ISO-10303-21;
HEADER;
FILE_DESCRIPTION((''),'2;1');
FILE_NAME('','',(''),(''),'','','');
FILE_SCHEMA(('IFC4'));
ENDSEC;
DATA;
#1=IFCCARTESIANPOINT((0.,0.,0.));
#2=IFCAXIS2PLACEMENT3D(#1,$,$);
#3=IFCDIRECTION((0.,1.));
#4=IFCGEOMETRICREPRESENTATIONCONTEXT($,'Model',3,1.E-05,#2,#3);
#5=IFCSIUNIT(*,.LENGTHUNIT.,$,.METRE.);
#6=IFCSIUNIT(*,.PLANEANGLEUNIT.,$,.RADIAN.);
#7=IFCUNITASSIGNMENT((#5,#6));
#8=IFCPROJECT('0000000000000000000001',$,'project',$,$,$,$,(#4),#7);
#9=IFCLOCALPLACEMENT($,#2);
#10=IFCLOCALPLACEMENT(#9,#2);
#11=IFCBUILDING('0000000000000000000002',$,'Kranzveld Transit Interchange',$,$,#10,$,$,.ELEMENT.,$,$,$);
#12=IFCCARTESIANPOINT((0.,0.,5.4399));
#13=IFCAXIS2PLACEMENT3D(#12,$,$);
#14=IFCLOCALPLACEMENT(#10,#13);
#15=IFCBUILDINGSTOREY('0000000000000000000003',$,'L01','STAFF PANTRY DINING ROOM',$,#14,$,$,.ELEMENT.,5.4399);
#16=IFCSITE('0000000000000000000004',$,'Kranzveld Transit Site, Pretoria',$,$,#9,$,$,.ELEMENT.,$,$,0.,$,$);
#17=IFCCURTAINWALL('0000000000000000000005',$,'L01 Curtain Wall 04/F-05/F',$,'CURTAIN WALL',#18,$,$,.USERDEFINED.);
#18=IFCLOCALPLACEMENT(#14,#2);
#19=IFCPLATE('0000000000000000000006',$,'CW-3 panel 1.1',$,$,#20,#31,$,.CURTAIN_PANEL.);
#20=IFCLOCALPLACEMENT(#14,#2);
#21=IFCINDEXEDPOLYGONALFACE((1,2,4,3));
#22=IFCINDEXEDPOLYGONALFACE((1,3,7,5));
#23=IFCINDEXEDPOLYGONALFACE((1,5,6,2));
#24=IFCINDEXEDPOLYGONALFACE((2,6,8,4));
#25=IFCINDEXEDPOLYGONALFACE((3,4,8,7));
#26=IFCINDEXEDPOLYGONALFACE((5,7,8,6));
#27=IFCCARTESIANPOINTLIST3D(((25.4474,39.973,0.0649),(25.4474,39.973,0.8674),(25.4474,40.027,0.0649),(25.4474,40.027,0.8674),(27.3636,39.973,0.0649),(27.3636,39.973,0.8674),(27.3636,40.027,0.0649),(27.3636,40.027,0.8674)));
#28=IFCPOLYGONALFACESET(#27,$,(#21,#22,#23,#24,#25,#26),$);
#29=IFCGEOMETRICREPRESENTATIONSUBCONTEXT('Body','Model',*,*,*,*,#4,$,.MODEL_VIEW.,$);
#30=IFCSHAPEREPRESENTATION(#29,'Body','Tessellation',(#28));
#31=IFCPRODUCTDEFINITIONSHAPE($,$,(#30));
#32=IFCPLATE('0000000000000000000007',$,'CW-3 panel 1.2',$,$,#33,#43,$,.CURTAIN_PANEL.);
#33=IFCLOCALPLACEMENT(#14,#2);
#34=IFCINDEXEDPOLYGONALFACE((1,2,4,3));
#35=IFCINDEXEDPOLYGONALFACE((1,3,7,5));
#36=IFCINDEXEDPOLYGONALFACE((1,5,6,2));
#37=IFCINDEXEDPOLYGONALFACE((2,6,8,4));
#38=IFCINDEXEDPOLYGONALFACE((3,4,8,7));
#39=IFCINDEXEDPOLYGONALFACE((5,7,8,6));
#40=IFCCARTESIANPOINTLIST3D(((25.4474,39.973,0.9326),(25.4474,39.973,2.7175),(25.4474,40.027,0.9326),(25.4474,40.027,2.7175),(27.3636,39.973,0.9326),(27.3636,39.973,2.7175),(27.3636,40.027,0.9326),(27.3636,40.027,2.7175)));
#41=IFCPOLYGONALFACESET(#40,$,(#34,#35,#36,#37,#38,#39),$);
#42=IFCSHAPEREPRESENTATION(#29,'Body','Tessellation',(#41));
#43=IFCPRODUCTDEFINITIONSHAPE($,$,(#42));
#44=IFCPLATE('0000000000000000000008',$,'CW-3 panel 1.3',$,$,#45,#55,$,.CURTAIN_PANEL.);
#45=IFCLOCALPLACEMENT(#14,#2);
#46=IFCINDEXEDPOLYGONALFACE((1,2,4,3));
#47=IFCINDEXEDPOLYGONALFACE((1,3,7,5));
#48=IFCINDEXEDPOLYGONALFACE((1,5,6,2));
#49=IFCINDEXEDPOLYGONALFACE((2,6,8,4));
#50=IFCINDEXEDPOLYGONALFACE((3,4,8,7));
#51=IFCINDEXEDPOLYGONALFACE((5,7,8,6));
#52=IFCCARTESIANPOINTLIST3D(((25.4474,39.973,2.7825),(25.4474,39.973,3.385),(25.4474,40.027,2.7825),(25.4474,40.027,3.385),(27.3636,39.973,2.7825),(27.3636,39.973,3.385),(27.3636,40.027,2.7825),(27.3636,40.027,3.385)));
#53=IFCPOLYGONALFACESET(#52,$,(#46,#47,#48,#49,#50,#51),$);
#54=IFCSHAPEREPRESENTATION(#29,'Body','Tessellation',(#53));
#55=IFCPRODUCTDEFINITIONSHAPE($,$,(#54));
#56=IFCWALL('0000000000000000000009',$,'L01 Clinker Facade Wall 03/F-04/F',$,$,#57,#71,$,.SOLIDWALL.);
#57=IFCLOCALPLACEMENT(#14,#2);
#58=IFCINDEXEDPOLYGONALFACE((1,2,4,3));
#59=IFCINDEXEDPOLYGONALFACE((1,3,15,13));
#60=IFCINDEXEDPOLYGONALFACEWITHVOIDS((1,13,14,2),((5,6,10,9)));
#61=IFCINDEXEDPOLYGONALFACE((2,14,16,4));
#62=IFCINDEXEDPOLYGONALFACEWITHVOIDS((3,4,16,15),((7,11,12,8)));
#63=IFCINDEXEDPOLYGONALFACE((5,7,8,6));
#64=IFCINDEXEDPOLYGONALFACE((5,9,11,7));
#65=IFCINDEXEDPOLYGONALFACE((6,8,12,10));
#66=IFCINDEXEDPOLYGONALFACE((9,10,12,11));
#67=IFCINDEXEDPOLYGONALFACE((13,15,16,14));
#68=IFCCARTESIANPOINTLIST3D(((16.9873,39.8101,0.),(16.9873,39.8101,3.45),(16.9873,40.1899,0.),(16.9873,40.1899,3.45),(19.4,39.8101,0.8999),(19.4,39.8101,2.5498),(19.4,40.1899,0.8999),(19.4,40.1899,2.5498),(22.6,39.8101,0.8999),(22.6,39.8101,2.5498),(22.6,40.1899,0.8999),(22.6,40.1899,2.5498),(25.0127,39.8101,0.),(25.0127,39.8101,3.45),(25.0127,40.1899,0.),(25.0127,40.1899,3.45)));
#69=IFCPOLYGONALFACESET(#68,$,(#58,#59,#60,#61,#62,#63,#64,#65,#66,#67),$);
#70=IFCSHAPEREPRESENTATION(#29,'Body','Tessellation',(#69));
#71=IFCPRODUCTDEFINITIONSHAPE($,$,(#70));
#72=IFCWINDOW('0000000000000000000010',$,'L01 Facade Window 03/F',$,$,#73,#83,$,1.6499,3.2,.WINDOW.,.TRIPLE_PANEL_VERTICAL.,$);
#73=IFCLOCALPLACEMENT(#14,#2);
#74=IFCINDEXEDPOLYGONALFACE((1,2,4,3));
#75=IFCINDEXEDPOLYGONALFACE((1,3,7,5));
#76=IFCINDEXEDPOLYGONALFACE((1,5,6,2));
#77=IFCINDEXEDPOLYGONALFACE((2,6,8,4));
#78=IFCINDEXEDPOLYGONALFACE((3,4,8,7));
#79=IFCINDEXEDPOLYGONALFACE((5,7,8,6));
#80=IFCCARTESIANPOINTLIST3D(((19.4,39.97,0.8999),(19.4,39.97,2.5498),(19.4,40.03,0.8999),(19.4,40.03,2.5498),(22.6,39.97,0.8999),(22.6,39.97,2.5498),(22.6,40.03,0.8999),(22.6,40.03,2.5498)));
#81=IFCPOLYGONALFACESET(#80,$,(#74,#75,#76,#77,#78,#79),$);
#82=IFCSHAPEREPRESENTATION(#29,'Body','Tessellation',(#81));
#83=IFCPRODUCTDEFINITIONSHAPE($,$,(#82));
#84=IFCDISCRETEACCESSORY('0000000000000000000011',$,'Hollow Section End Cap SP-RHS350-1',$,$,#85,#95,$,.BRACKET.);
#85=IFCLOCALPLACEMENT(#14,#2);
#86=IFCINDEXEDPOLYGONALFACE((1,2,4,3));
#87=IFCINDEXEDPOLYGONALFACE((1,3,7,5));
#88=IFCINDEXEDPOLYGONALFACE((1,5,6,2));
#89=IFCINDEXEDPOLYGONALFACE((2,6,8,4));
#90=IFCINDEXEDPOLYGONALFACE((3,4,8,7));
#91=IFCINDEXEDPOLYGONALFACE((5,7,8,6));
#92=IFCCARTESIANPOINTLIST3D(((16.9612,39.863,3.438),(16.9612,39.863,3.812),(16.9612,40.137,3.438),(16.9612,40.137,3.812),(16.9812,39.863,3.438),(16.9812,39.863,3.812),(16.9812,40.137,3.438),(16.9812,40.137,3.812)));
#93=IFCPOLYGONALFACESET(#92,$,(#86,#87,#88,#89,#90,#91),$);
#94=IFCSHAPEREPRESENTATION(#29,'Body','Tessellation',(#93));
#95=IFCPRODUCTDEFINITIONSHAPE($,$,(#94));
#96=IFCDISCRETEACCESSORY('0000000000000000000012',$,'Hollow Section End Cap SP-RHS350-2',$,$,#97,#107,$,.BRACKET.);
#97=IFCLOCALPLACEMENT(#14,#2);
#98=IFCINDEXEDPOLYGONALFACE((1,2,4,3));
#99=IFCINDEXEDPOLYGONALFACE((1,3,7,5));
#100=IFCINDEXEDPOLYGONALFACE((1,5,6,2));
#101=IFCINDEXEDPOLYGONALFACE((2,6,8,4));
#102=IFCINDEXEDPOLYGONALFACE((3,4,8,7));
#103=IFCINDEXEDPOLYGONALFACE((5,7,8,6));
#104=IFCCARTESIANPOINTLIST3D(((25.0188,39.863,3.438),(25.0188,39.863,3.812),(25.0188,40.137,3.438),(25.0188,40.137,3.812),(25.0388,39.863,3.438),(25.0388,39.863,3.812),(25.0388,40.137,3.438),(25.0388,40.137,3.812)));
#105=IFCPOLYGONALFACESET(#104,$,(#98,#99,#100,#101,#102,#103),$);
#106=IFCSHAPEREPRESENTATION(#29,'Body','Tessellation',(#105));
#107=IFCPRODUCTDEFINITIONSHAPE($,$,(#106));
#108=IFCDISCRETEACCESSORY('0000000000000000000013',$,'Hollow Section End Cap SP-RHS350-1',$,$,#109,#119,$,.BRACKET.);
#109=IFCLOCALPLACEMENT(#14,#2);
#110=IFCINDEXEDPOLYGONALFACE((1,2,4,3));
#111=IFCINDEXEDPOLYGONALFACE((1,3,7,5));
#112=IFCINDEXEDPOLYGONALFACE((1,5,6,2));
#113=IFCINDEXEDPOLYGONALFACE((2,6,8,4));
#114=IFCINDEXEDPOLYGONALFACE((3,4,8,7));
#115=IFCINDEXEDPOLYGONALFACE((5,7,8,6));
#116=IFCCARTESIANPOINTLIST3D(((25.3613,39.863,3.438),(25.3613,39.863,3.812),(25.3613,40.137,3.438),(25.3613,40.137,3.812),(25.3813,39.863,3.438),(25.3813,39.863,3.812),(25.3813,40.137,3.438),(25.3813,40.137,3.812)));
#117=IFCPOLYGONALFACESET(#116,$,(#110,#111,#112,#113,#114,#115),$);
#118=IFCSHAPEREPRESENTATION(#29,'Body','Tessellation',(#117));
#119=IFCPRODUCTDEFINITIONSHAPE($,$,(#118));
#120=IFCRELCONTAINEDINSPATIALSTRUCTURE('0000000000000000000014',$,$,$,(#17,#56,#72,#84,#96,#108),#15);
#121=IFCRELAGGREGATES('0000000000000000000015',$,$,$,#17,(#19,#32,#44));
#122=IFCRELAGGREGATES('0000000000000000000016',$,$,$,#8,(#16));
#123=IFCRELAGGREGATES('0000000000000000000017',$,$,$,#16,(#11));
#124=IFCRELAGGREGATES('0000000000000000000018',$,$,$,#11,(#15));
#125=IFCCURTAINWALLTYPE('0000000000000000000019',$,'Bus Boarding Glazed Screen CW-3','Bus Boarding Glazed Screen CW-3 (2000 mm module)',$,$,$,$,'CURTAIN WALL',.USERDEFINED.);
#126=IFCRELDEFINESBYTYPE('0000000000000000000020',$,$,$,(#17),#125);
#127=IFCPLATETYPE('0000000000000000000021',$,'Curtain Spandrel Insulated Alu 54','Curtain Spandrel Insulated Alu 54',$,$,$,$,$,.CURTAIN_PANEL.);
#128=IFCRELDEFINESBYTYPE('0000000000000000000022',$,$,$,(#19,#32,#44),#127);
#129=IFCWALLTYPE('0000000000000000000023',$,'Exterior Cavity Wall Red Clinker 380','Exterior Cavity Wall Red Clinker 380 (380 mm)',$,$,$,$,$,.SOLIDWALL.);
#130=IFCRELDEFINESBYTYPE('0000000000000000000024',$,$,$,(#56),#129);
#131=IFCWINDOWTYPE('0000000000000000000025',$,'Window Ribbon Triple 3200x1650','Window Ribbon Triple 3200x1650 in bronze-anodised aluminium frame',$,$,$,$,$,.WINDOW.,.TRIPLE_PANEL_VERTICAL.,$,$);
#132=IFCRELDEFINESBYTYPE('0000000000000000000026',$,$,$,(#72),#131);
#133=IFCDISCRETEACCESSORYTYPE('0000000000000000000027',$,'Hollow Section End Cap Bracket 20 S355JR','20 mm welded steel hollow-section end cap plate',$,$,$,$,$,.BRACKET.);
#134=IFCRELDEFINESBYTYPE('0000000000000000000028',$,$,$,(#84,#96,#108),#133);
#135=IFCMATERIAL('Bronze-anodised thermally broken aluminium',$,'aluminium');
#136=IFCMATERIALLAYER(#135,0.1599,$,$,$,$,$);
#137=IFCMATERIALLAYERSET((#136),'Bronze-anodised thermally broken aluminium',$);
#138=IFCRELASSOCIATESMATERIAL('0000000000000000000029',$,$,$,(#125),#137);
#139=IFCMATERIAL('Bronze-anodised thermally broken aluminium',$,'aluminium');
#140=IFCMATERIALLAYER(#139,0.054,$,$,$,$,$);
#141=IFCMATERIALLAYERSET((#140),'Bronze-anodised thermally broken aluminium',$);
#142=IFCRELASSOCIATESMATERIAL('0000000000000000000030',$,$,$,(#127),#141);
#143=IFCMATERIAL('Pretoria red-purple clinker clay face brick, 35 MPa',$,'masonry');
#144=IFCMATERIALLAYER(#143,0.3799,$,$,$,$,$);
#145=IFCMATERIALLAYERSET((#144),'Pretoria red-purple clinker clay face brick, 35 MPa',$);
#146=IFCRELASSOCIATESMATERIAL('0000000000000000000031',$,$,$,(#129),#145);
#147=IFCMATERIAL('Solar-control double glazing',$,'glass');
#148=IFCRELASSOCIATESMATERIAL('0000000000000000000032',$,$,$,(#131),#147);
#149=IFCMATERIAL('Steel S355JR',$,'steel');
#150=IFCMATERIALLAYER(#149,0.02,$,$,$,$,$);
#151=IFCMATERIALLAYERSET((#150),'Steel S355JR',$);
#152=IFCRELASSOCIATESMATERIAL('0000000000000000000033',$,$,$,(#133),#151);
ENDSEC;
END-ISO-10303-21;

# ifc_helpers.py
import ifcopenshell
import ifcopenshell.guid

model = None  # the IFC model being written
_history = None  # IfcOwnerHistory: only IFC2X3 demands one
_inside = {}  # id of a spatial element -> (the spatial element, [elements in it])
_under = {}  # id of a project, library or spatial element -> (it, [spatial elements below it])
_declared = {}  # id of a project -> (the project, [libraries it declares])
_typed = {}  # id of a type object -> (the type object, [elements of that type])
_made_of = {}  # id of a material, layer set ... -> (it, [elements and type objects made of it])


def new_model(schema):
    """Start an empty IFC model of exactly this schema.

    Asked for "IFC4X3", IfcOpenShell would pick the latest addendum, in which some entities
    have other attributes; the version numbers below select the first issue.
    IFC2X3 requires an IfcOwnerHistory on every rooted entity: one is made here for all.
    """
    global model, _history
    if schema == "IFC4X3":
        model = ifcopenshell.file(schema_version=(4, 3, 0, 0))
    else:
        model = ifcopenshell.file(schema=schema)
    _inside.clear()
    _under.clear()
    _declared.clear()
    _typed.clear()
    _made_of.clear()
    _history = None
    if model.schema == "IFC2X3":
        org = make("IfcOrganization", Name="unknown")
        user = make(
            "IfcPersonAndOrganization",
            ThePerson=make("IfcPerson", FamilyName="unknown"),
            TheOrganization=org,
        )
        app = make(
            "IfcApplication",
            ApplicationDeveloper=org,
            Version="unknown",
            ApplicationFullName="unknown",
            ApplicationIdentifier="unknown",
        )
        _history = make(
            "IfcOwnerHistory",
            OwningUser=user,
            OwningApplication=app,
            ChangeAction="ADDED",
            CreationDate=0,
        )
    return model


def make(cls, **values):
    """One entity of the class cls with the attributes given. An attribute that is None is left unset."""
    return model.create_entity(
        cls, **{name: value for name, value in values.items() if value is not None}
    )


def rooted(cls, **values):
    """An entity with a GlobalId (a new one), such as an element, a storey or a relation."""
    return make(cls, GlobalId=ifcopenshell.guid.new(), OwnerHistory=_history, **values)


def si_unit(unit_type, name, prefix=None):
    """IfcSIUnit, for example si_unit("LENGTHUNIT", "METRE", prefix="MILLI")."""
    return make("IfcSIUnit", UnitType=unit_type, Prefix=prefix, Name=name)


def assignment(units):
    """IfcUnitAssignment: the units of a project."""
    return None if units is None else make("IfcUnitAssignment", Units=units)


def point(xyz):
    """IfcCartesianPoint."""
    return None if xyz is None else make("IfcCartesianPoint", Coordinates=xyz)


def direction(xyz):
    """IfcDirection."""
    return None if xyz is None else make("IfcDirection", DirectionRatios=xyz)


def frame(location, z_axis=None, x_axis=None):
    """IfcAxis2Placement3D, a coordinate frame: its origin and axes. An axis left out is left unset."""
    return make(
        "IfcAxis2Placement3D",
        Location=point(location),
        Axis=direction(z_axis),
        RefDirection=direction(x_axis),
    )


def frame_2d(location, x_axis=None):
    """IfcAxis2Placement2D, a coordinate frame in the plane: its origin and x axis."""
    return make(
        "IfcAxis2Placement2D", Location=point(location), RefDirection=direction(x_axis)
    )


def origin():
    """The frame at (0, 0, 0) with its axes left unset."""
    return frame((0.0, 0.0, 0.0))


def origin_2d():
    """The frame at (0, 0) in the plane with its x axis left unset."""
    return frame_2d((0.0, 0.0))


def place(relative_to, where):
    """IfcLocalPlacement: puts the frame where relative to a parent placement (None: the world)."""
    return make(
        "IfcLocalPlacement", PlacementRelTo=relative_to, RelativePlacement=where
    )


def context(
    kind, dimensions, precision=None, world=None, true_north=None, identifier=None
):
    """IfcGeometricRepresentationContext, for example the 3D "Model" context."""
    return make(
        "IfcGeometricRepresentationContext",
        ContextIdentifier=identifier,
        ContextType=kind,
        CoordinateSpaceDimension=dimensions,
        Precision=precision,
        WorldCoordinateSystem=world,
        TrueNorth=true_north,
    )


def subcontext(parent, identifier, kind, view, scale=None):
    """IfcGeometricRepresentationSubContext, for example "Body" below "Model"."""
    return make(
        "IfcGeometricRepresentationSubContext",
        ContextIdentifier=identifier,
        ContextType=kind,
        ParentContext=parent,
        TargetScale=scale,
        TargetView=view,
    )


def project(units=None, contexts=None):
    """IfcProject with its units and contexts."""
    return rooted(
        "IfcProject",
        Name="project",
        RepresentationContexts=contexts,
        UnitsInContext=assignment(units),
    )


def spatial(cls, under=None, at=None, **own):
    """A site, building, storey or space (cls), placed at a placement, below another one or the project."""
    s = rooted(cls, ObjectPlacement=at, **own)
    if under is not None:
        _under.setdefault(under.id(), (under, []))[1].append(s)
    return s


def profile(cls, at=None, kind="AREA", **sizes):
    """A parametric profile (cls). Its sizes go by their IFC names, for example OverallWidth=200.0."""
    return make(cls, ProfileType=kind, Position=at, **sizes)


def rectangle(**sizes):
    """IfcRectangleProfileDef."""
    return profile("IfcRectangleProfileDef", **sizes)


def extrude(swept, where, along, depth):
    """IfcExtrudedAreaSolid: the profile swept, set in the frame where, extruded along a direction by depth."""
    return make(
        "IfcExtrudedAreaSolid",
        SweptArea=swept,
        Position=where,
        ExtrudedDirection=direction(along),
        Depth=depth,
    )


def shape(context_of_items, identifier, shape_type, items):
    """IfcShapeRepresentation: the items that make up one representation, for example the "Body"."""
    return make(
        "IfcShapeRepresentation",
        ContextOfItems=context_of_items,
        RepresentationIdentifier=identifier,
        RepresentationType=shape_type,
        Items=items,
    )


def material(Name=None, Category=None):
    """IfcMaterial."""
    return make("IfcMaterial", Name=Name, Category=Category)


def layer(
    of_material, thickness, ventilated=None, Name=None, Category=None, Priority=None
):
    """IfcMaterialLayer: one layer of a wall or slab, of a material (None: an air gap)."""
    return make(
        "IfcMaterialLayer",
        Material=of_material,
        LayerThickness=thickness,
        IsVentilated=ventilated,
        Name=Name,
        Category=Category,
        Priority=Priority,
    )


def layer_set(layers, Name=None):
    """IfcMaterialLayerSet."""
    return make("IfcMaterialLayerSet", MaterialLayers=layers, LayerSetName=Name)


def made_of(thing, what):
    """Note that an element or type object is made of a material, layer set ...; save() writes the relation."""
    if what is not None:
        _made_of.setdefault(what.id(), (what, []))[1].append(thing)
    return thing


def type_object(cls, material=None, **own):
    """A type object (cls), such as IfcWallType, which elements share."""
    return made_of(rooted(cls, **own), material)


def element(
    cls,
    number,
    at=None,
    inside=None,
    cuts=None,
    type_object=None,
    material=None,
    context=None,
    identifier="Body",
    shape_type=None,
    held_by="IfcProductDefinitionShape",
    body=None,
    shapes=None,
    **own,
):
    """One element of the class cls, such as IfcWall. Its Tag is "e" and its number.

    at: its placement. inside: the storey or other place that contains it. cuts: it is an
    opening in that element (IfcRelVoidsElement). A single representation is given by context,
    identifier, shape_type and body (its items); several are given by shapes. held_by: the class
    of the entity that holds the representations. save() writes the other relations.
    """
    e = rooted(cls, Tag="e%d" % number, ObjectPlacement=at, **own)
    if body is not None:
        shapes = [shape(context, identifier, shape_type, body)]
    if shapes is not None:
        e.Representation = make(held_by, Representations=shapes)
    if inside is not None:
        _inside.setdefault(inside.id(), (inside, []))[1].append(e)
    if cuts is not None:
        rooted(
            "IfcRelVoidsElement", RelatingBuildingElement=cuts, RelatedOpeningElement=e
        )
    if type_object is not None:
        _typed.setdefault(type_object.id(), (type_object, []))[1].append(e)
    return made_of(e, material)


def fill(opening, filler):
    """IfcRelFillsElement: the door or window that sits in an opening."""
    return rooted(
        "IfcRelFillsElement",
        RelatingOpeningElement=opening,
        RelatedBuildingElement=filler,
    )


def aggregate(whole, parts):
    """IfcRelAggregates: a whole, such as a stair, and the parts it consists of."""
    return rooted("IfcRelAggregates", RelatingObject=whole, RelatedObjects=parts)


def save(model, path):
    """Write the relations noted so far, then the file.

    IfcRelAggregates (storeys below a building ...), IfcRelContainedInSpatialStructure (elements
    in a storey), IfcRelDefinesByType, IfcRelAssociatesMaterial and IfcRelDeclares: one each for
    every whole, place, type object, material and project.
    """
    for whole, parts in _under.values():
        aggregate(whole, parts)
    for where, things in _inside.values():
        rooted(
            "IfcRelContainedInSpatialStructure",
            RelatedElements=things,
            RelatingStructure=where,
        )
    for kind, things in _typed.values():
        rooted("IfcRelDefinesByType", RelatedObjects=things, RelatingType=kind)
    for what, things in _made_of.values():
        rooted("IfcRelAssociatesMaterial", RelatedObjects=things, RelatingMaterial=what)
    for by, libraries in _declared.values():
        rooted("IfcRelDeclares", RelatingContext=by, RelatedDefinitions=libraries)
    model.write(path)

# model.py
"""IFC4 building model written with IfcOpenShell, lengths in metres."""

from ifc_helpers import new_model, si_unit, direction, frame, frame_2d, origin, origin_2d, place, context, subcontext, project, spatial, rectangle, extrude, material, layer, layer_set, type_object, element, fill, aggregate, save


model = new_model("IFC4")

# Units and contexts
model_context = context("Model", 3, precision=1e-05, world=origin(), true_north=direction((0.0, 1.0)))
body_context = subcontext(model_context, "Body", "Model", "MODEL_VIEW")
ifc_project = project(units=[si_unit("LENGTHUNIT", "METRE"), si_unit("PLANEANGLEUNIT", "RADIAN")], contexts=[model_context])

# Site, building, storey
site_placement = place(None, origin())
site = spatial("IfcSite", under=ifc_project, at=site_placement, Name="Kranzveld Transit Site, Pretoria", CompositionType="ELEMENT", RefElevation=0.0)
building_placement = place(site_placement, origin())
building = spatial("IfcBuilding", under=site, at=building_placement, Name="Kranzveld Transit Interchange", CompositionType="ELEMENT")
storey_placement = place(building_placement, frame((0.0, 0.0, 5.4399)))
storey = spatial("IfcBuildingStorey", under=building, at=storey_placement, Name="L01", Description="STAFF PANTRY DINING ROOM", CompositionType="ELEMENT", Elevation=5.4399)

# Curtain wall
ifc_material_1 = material(Name="Bronze-anodised thermally broken aluminium", Category="aluminium")
ifc_layer_1 = layer(ifc_material_1, 0.1599)
ifc_layer_set_1 = layer_set([ifc_layer_1], Name="Bronze-anodised thermally broken aluminium")
curtain_wall_type = type_object("IfcCurtainWallType", Name="Bus Boarding Glazed Screen CW-3", Description="Bus Boarding Glazed Screen CW-3 (2000 mm module)", ElementType="CURTAIN WALL", PredefinedType="USERDEFINED", material=ifc_layer_set_1)
curtain_wall_placement = place(storey_placement, origin())
curtain_wall = element("IfcCurtainWall", 1, at=curtain_wall_placement, inside=storey, type_object=curtain_wall_type, Name="L01 Curtain Wall 04/F-05/F", ObjectType="CURTAIN WALL", PredefinedType="USERDEFINED")

# Plates
ifc_material_2 = material(Name="Bronze-anodised thermally broken aluminium", Category="aluminium")
ifc_layer_2 = layer(ifc_material_2, 0.054)
ifc_layer_set_2 = layer_set([ifc_layer_2], Name="Bronze-anodised thermally broken aluminium")
plate_type = type_object("IfcPlateType", Name="Curtain Spandrel Insulated Alu 54", Description="Curtain Spandrel Insulated Alu 54", PredefinedType="CURTAIN_PANEL", material=ifc_layer_set_2)
plate_1_placement = place(storey_placement, frame((26.4055, 40.0, 0.0649), z_axis=(0.0, 0.0, 1.0), x_axis=(1.0, 0.0, 0.0)))
plate_1 = element("IfcPlate", 2, at=plate_1_placement, type_object=plate_type, Name="CW-3 panel 1.1", PredefinedType="CURTAIN_PANEL", context=body_context, shape_type="SweptSolid", body=[
    extrude(rectangle(XDim=1.9163, YDim=0.054, at=origin_2d()), origin(), (0.0, 0.0, 1.0), 0.8025),
])
plate_2_placement = place(storey_placement, frame((26.4055, 40.0, 0.9326), z_axis=(0.0, 0.0, 1.0), x_axis=(1.0, 0.0, 0.0)))
plate_2 = element("IfcPlate", 3, at=plate_2_placement, type_object=plate_type, Name="CW-3 panel 1.2", PredefinedType="CURTAIN_PANEL", context=body_context, shape_type="SweptSolid", body=[
    extrude(rectangle(XDim=1.9163, YDim=0.054, at=origin_2d()), origin(), (0.0, 0.0, 1.0), 1.7849),
])
plate_3_placement = place(storey_placement, frame((26.4055, 40.0, 2.7825), z_axis=(0.0, 0.0, 1.0), x_axis=(1.0, 0.0, 0.0)))
plate_3 = element("IfcPlate", 4, at=plate_3_placement, type_object=plate_type, Name="CW-3 panel 1.3", PredefinedType="CURTAIN_PANEL", context=body_context, shape_type="SweptSolid", body=[
    extrude(rectangle(XDim=1.9163, YDim=0.054, at=origin_2d()), origin(), (0.0, 0.0, 1.0), 0.6025),
])
aggregate(curtain_wall, [plate_1, plate_2, plate_3])

# Wall, opening, window
ifc_material_3 = material(Name="Pretoria red-purple clinker clay face brick, 35 MPa", Category="masonry")
ifc_layer_3 = layer(ifc_material_3, 0.3799)
ifc_layer_set_3 = layer_set([ifc_layer_3], Name="Pretoria red-purple clinker clay face brick, 35 MPa")
wall_type = type_object("IfcWallType", Name="Exterior Cavity Wall Red Clinker 380", Description="Exterior Cavity Wall Red Clinker 380 (380 mm)", PredefinedType="SOLIDWALL", material=ifc_layer_set_3)
wall_placement = place(storey_placement, frame((16.9873, 40.0, 0.0), z_axis=(0.0, 0.0, 1.0), x_axis=(1.0, 0.0, 0.0)))
wall = element("IfcWall", 5, at=wall_placement, inside=storey, type_object=wall_type, Name="L01 Clinker Facade Wall 03/F-04/F", PredefinedType="SOLIDWALL", context=body_context, shape_type="SweptSolid", body=[
    extrude(rectangle(XDim=8.0254, YDim=0.3799, at=frame_2d((4.0127, 0.0))), origin(), (0.0, 0.0, 1.0), 3.45),
])
opening_placement = place(wall_placement, frame((2.4126, 0.0, 0.8999), z_axis=(0.0, 0.0, 1.0), x_axis=(1.0, 0.0, 0.0)))
opening = element("IfcOpeningElement", 6, at=opening_placement, cuts=wall, PredefinedType="OPENING", context=body_context, shape_type="SweptSolid", body=[
    extrude(rectangle(XDim=3.2, YDim=1.6499, at=frame_2d((1.6001, 0.825))), frame((0.0, 0.2, 0.0), z_axis=(0.0, -1.0, 0.0), x_axis=(1.0, 0.0, 0.0)), (0.0, 0.0, 1.0), 0.3999),
])
ifc_material_4 = material(Name="Solar-control double glazing", Category="glass")
window_type = type_object("IfcWindowType", Name="Window Ribbon Triple 3200x1650", Description="Window Ribbon Triple 3200x1650 in bronze-anodised aluminium frame", PartitioningType="TRIPLE_PANEL_VERTICAL", PredefinedType="WINDOW", material=ifc_material_4)
window_placement = place(opening_placement, origin())
window = element("IfcWindow", 7, at=window_placement, inside=storey, type_object=window_type, Name="L01 Facade Window 03/F", OverallHeight=1.6499, OverallWidth=3.2, PartitioningType="TRIPLE_PANEL_VERTICAL", PredefinedType="WINDOW", context=body_context, shape_type="SweptSolid", body=[
    extrude(rectangle(XDim=3.2, YDim=1.6499, at=frame_2d((1.6001, 0.825))), frame((0.0, 0.03, 0.0), z_axis=(0.0, -1.0, 0.0), x_axis=(1.0, 0.0, 0.0)), (0.0, 0.0, 1.0), 0.0601),
])
fill(opening, window)

# Discrete accessories
ifc_material_5 = material(Name="Steel S355JR", Category="steel")
ifc_layer_4 = layer(ifc_material_5, 0.02)
ifc_layer_set_4 = layer_set([ifc_layer_4], Name="Steel S355JR")
discrete_accessory_type = type_object("IfcDiscreteAccessoryType", Name="Hollow Section End Cap Bracket 20 S355JR", Description="20 mm welded steel hollow-section end cap plate", PredefinedType="BRACKET", material=ifc_layer_set_4)
for number, where, z_axis, x_axis, name in (
    (8, (16.9812, 40.0, 3.625), (-1.0, 0.0, 0.0), (0.0, -1.0, 0.0), "Hollow Section End Cap SP-RHS350-1"),
    (9, (25.0188, 40.0, 3.625), (1.0, 0.0, 0.0), (0.0, 1.0, 0.0), "Hollow Section End Cap SP-RHS350-2"),
    (10, (25.3813, 40.0, 3.625), (-1.0, 0.0, 0.0), (0.0, -1.0, 0.0), "Hollow Section End Cap SP-RHS350-1"),
):
    element("IfcDiscreteAccessory", number, at=place(storey_placement, frame(where, z_axis=z_axis, x_axis=x_axis)), inside=storey, type_object=discrete_accessory_type, Name=name, PredefinedType="BRACKET", context=body_context, shape_type="SweptSolid", body=[
        extrude(rectangle(XDim=0.2739, YDim=0.374, at=origin_2d()), origin(), (0.0, 0.0, 1.0), 0.02),
    ])

save(model, "model.ifc")
